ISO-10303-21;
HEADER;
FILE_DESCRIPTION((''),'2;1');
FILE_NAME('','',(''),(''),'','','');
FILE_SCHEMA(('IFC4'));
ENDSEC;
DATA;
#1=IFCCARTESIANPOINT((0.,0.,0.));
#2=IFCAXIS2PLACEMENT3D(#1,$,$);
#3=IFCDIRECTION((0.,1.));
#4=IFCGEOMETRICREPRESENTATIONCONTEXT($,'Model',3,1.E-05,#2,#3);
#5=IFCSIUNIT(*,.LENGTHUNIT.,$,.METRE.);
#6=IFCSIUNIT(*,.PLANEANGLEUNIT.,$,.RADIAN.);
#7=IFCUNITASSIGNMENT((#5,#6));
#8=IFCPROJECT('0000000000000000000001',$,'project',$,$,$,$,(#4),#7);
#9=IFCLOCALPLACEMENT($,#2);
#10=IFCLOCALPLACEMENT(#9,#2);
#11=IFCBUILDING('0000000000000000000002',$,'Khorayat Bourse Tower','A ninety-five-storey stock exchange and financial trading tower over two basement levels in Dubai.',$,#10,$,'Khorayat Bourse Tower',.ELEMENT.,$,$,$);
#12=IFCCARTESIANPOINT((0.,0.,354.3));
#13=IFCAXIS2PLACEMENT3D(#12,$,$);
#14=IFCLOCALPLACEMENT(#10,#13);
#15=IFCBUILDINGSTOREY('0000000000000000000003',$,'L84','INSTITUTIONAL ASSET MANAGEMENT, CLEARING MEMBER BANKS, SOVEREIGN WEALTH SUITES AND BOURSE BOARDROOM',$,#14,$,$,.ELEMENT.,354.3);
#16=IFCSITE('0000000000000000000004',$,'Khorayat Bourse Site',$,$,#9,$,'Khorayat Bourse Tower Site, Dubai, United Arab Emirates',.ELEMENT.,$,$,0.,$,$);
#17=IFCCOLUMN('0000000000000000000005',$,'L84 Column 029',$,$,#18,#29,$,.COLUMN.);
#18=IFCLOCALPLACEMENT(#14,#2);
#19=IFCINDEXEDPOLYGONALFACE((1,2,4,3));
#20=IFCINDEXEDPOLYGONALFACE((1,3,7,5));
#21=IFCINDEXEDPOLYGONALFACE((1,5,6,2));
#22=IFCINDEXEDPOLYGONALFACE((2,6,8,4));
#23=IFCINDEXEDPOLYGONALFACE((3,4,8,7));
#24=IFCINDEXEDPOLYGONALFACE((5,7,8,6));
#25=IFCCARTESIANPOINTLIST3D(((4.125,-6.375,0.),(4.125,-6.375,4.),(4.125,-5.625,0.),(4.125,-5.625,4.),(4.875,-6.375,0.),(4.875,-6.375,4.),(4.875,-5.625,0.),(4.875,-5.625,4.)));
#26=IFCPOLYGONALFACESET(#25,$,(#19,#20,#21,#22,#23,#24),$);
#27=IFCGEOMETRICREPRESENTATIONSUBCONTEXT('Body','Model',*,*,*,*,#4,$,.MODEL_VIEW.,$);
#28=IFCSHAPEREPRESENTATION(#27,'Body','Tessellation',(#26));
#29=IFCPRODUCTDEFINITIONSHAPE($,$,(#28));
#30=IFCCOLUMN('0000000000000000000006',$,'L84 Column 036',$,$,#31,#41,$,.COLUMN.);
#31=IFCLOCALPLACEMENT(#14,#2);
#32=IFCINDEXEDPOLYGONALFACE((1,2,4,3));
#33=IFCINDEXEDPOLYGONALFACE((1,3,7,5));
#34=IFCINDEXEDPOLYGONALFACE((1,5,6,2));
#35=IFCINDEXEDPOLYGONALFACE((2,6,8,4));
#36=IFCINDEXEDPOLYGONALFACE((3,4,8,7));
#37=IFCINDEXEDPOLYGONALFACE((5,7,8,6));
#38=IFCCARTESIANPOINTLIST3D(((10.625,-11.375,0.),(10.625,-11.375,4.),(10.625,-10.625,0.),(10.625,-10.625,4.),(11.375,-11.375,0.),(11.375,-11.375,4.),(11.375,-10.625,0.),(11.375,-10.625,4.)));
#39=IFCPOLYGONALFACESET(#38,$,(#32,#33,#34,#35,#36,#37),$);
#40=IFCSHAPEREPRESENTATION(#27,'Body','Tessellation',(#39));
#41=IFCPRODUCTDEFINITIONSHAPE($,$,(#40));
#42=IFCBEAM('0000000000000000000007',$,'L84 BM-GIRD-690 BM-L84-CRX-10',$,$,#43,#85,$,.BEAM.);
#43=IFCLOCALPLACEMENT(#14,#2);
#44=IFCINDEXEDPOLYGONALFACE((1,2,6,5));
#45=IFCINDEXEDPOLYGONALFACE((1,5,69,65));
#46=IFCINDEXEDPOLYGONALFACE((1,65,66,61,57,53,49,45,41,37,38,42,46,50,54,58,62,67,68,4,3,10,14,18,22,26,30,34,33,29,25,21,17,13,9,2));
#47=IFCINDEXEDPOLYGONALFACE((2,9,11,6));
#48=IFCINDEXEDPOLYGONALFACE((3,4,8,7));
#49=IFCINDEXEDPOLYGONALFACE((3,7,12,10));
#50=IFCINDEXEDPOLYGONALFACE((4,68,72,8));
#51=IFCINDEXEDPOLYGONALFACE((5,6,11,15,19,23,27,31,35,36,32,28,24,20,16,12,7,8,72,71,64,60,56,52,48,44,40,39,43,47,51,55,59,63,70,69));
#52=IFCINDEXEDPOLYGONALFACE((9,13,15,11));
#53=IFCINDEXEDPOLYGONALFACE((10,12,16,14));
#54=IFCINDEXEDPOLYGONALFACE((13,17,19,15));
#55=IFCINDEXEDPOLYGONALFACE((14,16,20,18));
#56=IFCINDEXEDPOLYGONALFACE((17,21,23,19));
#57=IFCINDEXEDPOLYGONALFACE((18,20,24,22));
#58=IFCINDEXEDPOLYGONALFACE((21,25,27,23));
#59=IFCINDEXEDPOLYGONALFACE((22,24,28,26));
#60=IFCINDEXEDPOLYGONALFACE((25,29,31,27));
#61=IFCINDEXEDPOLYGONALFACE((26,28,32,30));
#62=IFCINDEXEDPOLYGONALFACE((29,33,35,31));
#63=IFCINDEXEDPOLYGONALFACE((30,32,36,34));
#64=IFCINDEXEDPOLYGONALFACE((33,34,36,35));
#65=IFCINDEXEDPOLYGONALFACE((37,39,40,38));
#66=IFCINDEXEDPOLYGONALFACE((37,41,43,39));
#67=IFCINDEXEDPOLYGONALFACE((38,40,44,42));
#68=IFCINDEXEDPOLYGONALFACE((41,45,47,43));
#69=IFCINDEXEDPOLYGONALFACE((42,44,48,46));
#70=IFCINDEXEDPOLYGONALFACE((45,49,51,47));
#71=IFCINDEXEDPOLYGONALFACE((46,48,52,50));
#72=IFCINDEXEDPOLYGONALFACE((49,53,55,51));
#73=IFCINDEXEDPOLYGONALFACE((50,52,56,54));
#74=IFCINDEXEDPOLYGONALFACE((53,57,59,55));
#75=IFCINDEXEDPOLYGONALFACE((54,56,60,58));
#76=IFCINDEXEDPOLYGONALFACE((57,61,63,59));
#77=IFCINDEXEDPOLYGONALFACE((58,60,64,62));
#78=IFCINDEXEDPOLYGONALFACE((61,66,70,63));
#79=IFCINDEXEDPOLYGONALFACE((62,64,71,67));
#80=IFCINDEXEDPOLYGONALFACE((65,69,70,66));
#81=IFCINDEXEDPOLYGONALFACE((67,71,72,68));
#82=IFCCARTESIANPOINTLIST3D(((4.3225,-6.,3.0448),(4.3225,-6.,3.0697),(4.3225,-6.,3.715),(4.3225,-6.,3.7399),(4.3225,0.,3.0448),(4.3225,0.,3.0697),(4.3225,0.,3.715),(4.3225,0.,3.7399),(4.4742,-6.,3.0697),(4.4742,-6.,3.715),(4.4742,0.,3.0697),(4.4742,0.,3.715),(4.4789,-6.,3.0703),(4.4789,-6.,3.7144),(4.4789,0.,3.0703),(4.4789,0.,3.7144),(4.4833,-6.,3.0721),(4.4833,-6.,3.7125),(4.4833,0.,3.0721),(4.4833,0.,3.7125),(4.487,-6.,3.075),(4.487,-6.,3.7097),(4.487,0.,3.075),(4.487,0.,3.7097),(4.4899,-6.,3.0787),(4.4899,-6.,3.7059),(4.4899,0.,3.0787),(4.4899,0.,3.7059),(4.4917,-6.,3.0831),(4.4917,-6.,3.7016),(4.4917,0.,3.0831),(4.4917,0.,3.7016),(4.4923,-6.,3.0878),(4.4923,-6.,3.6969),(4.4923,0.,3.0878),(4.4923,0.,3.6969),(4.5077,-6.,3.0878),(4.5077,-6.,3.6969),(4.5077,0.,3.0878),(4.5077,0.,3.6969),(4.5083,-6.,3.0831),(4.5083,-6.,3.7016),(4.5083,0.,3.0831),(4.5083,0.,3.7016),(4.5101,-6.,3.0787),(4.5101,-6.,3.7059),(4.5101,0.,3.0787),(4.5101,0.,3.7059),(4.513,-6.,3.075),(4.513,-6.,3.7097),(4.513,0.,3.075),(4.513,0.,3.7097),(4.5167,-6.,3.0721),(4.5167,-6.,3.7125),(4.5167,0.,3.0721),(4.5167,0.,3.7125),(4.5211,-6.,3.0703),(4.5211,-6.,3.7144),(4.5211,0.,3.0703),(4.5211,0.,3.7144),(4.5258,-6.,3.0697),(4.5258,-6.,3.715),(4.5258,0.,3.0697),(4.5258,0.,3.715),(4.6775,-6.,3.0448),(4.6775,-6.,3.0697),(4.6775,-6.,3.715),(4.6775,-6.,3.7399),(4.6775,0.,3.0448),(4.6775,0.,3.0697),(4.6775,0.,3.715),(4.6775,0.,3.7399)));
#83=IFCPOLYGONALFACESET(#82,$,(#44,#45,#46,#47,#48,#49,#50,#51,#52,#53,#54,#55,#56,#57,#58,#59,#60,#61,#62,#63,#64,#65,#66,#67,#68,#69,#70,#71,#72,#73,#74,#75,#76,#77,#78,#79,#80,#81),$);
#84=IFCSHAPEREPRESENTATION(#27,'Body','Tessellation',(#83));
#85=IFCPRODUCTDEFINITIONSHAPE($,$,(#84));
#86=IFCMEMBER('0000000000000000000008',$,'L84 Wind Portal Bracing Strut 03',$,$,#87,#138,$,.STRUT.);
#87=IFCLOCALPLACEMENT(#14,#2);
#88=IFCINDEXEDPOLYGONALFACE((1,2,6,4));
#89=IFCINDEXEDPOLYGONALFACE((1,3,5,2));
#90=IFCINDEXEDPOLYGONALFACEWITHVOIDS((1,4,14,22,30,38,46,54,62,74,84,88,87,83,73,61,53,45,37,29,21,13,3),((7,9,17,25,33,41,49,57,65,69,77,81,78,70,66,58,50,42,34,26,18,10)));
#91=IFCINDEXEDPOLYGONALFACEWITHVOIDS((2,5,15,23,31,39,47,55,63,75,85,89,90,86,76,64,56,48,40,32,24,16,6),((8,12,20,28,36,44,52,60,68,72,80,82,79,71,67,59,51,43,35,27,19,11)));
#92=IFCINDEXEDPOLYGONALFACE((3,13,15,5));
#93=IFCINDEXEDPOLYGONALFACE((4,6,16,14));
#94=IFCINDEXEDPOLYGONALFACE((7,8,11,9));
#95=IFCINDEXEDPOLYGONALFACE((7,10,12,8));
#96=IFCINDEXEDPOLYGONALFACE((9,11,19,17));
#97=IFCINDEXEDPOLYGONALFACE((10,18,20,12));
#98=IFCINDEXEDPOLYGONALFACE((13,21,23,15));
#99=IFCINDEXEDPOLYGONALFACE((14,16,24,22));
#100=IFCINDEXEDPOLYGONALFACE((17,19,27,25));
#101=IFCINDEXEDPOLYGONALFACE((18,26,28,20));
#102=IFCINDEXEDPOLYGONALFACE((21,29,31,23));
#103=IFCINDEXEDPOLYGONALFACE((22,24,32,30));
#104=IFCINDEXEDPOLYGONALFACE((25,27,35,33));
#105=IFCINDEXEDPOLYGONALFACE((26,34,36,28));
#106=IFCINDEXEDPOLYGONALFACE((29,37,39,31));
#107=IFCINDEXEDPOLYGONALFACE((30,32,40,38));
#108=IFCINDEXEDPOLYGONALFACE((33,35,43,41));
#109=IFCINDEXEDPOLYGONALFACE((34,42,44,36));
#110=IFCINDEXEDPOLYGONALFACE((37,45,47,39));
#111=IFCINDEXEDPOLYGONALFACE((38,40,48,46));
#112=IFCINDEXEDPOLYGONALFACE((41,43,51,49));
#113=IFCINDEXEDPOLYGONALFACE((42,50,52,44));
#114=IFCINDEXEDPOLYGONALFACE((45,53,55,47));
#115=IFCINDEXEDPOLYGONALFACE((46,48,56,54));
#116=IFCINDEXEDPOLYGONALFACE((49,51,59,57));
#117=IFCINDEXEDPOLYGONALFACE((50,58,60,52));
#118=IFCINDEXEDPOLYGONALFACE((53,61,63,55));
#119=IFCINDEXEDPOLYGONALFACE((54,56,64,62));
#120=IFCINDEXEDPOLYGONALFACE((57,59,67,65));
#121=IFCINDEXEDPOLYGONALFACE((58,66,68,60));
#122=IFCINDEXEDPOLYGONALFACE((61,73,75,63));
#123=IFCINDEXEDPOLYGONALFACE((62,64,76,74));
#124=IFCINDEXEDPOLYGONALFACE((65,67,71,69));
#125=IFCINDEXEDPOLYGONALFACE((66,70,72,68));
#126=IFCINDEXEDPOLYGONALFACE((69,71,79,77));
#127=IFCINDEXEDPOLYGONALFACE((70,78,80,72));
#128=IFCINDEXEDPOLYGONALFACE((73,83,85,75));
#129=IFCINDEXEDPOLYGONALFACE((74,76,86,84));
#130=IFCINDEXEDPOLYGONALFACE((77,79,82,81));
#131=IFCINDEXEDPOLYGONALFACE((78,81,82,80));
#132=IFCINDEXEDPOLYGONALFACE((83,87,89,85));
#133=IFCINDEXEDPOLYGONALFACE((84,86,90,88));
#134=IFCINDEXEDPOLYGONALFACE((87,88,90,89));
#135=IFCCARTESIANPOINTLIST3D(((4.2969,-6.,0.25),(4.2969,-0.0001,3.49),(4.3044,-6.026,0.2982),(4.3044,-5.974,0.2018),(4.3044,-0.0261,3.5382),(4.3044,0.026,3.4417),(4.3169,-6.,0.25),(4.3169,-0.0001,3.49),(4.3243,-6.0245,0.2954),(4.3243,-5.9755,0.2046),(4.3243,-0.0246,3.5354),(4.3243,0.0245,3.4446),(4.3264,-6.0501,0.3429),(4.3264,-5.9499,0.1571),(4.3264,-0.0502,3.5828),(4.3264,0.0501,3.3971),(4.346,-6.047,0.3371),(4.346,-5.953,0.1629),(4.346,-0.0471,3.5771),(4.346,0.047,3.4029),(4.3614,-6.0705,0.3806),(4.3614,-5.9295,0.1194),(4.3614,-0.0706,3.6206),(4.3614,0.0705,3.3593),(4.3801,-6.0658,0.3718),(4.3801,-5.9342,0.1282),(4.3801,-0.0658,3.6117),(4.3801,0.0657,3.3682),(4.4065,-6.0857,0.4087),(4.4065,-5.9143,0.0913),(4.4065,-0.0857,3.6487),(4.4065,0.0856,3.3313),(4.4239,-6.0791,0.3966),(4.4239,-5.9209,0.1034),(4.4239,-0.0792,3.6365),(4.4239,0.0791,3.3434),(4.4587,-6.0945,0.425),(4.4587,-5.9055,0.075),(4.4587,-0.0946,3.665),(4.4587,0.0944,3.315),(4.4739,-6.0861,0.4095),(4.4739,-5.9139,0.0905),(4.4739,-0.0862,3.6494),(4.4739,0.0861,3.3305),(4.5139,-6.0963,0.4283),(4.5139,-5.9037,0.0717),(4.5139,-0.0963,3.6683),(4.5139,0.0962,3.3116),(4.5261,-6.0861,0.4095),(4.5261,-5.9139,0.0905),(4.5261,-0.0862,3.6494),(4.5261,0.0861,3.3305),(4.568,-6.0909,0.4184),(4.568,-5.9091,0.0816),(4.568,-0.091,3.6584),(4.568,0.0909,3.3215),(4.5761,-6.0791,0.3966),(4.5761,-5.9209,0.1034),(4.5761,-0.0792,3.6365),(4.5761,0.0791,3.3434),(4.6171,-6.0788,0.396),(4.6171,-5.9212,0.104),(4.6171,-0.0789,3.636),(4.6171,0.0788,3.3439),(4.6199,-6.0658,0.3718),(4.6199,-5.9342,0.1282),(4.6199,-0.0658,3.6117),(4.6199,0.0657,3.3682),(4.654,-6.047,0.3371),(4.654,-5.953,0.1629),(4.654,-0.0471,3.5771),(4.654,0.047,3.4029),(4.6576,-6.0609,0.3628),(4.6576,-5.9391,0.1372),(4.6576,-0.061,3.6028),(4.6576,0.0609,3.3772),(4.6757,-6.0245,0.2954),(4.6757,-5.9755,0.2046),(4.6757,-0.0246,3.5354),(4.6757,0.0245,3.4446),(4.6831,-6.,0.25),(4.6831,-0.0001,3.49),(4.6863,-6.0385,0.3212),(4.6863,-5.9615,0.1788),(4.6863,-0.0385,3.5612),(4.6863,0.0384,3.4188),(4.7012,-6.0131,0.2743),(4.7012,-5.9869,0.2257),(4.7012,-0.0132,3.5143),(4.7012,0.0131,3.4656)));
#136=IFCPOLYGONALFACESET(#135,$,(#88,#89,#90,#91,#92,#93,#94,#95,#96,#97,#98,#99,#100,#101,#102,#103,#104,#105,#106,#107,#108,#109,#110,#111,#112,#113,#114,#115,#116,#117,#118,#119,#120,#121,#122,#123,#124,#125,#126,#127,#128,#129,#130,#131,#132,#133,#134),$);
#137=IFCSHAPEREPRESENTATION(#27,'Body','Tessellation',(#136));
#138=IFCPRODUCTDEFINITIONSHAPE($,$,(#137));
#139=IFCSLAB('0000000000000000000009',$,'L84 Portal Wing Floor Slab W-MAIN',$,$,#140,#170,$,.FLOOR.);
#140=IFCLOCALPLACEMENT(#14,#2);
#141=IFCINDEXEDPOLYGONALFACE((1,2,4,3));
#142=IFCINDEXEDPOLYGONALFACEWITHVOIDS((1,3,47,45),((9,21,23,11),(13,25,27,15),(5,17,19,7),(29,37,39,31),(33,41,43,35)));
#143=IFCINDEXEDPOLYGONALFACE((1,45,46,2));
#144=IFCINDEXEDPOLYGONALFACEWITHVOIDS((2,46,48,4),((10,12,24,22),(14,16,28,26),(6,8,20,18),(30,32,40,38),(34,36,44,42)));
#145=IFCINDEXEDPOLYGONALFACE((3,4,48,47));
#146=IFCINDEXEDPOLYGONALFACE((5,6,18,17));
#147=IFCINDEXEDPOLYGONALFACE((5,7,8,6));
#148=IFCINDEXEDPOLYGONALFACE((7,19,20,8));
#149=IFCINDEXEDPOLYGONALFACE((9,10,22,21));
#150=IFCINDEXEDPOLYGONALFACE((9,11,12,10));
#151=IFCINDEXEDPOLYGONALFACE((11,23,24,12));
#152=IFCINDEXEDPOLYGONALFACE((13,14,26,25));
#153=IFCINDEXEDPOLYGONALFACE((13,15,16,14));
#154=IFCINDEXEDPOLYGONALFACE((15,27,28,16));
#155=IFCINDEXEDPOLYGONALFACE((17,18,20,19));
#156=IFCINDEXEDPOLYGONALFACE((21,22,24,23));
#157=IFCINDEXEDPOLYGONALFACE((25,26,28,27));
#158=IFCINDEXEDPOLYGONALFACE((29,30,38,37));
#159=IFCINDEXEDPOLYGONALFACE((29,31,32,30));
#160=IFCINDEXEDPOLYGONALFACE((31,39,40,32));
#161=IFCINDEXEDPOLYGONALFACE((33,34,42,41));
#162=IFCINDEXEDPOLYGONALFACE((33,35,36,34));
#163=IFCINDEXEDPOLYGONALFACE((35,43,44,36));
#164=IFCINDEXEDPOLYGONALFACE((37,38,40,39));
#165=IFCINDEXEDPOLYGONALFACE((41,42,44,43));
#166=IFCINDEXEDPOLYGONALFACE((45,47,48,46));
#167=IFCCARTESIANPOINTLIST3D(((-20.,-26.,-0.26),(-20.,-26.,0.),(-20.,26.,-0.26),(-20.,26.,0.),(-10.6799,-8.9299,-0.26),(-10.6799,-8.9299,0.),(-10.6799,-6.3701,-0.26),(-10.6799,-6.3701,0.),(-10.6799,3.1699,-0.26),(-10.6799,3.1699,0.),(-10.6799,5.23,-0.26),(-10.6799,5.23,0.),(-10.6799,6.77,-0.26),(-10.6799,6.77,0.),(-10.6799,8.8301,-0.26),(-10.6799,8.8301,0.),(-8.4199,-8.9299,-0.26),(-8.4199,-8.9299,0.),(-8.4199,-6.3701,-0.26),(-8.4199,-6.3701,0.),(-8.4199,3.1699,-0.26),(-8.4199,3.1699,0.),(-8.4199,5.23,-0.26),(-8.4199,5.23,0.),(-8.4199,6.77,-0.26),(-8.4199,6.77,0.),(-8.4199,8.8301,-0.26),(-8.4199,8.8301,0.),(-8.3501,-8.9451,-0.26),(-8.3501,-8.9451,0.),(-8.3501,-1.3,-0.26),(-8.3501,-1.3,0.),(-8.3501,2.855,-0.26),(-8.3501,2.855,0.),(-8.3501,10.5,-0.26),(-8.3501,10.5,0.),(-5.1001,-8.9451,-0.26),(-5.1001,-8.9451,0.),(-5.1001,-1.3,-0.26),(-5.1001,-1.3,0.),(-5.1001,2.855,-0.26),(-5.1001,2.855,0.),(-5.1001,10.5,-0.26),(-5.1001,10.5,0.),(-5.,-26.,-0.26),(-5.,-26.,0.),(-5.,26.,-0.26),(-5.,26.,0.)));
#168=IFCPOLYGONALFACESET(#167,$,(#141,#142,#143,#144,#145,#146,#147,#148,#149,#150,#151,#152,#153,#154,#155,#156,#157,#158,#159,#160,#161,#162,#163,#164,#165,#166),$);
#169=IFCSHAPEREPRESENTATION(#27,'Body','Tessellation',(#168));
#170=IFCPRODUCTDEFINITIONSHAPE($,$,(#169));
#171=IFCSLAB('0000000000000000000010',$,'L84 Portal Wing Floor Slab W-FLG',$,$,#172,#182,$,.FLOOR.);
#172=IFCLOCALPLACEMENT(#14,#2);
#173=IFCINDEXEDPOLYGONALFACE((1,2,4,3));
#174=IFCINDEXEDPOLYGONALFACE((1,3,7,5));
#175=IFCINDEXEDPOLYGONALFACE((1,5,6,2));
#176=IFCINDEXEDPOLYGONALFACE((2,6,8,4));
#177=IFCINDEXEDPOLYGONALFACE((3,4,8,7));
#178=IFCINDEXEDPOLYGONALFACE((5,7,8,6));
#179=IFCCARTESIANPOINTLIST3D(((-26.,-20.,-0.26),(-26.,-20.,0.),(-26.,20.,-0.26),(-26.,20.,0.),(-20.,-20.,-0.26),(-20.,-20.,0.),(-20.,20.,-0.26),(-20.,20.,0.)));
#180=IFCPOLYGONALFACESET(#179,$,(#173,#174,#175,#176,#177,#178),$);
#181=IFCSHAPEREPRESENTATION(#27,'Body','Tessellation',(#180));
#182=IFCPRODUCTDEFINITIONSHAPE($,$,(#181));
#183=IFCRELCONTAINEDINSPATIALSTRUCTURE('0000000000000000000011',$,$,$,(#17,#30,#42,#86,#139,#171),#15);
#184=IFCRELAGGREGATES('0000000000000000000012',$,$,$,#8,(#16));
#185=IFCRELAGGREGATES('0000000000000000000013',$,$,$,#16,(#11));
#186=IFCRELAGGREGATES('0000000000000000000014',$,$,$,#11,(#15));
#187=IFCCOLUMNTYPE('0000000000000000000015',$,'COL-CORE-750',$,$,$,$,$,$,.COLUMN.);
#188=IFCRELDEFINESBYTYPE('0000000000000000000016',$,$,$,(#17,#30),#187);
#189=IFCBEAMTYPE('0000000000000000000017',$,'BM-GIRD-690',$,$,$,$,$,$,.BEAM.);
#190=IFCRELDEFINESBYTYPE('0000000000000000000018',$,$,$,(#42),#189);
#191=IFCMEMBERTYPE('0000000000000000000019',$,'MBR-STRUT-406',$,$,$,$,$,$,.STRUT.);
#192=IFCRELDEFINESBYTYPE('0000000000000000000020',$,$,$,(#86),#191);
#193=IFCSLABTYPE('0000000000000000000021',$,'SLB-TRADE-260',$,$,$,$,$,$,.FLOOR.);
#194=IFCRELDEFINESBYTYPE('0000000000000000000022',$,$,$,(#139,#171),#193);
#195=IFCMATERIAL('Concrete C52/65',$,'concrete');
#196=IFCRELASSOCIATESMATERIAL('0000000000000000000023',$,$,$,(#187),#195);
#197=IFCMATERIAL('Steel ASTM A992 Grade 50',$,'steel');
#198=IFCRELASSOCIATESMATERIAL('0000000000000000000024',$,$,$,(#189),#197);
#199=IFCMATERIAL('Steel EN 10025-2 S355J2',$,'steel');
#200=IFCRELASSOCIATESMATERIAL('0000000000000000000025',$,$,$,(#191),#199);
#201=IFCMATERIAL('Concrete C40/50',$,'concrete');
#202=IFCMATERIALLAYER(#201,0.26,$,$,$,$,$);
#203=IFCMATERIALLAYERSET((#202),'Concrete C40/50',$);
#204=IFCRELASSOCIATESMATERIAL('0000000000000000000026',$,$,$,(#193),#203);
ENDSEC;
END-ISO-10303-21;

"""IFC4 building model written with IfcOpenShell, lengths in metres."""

from ifc_helpers import new_model, si_unit, direction, frame, origin, origin_2d, place, context, subcontext, project, spatial, polyline, rectangle, hollow_circle, i_section, outline, extrude, source, transform, mapped, material, layer, layer_set, material_profile, profile_set, type_object, element, save


model = new_model("IFC4")

# Units and contexts
model_context = context("Model", 3, precision=1e-05, world=origin(), true_north=direction((0.0, 1.0)))
body_context = subcontext(model_context, "Body", "Model", "MODEL_VIEW")
ifc_project = project(units=[si_unit("LENGTHUNIT", "METRE"), si_unit("PLANEANGLEUNIT", "RADIAN")], contexts=[model_context])

# Site, building, storey
site_placement = place(None, origin())
site = spatial("IfcSite", under=ifc_project, at=site_placement, Name="Khorayat Bourse Site", LongName="Khorayat Bourse Tower Site, Dubai, United Arab Emirates", CompositionType="ELEMENT", RefElevation=0.0)
building_placement = place(site_placement, origin())
building = spatial("IfcBuilding", under=site, at=building_placement, Name="Khorayat Bourse Tower", Description="A ninety-five-storey stock exchange and financial trading tower over two basement levels in Dubai.", LongName="Khorayat Bourse Tower", CompositionType="ELEMENT")
storey_placement = place(building_placement, frame((0.0, 0.0, 354.3)))
storey = spatial("IfcBuildingStorey", under=building, at=storey_placement, Name="L84", Description="INSTITUTIONAL ASSET MANAGEMENT, CLEARING MEMBER BANKS, SOVEREIGN WEALTH SUITES AND BOURSE BOARDROOM", CompositionType="ELEMENT", Elevation=354.3)

# Columns
ifc_material_1 = material(Name="Concrete C52/65", Category="concrete")
ifc_material_profile_1 = material_profile(ifc_material_1, rectangle(XDim=0.75, YDim=0.75, at=origin_2d()), Name="RC 750x750")
ifc_profile_set_1 = profile_set([ifc_material_profile_1], Name="Concrete C52/65")
column_type = type_object("IfcColumnType", Name="COL-CORE-750", PredefinedType="COLUMN", material=ifc_profile_set_1)
shared_shape_1 = source(origin(), body_context, "Body", "SweptSolid", [
    extrude(rectangle(XDim=0.75, YDim=0.75, at=origin_2d()), origin(), (0.0, 0.0, 1.0), 4.0),
])
for number, where, z_axis, x_axis, name in (
    (1, (4.5, -6.0, 0.0), (0.0, 0.0, 1.0), (1.0, 0.0, 0.0), "L84 Column 029"),
    (2, (11.0, -11.0, 0.0), (0.0, 0.0, 1.0), (1.0, 0.0, 0.0), "L84 Column 036"),
):
    element("IfcColumn", number, at=place(storey_placement, frame(where, z_axis=z_axis, x_axis=x_axis)), inside=storey, type_object=column_type, Name=name, PredefinedType="COLUMN", context=body_context, shape_type="MappedRepresentation", body=[
        mapped(shared_shape_1, transform((0.0, 0.0, 0.0), scale=1.0)),
    ])

# Beam
ifc_material_2 = material(Name="Steel ASTM A992 Grade 50", Category="steel")
ifc_material_profile_2 = material_profile(ifc_material_2, i_section(OverallWidth=0.355, OverallDepth=0.6951, WebThickness=0.0154, FlangeThickness=0.0249, FilletRadius=0.0181, at=origin_2d()), Name="W690X217")
ifc_profile_set_2 = profile_set([ifc_material_profile_2], Name="Steel ASTM A992 Grade 50")
beam_type = type_object("IfcBeamType", Name="BM-GIRD-690", PredefinedType="BEAM", material=ifc_profile_set_2)
shared_shape_2 = source(origin(), body_context, "Body", "SweptSolid", [
    extrude(i_section(OverallWidth=0.355, OverallDepth=0.6951, WebThickness=0.0154, FlangeThickness=0.0249, FilletRadius=0.0181, at=origin_2d()), origin(), (0.0, 0.0, 1.0), 6.0),
])
beam_placement = place(storey_placement, frame((4.5, -6.0, 3.3923), z_axis=(0.0, 1.0, 0.0), x_axis=(-1.0, 0.0, 0.0)))
element("IfcBeam", 3, at=beam_placement, inside=storey, type_object=beam_type, Name="L84 BM-GIRD-690 BM-L84-CRX-10", PredefinedType="BEAM", context=body_context, shape_type="MappedRepresentation", body=[
    mapped(shared_shape_2, transform((0.0, 0.0, 0.0), scale=1.0)),
])

# Member
ifc_material_3 = material(Name="Steel EN 10025-2 S355J2", Category="steel")
ifc_material_profile_3 = material_profile(ifc_material_3, hollow_circle(Radius=0.2031, WallThickness=0.02, at=origin_2d()), Name="CHS 406x20")
ifc_profile_set_3 = profile_set([ifc_material_profile_3], Name="Steel EN 10025-2 S355J2")
member_type = type_object("IfcMemberType", Name="MBR-STRUT-406", PredefinedType="STRUT", material=ifc_profile_set_3)
shared_shape_3 = source(origin(), body_context, "Body", "SweptSolid", [
    extrude(hollow_circle(Radius=0.2031, WallThickness=0.02, at=origin_2d()), origin(), (0.0, 0.0, 1.0), 6.8188),
])
member_placement = place(storey_placement, frame((4.5, -6.0, 0.25), z_axis=(0.0, 0.879906, 0.475148), x_axis=(-1.0, 0.0, 0.0)))
element("IfcMember", 4, at=member_placement, inside=storey, type_object=member_type, Name="L84 Wind Portal Bracing Strut 03", PredefinedType="STRUT", context=body_context, shape_type="MappedRepresentation", body=[
    mapped(shared_shape_3, transform((0.0, 0.0, 0.0), scale=1.0)),
])

# Slabs
ifc_material_4 = material(Name="Concrete C40/50", Category="concrete")
ifc_layer_1 = layer(ifc_material_4, 0.26)
ifc_layer_set_1 = layer_set([ifc_layer_1], Name="Concrete C40/50")
slab_type = type_object("IfcSlabType", Name="SLB-TRADE-260", PredefinedType="FLOOR", material=ifc_layer_set_1)
slab_1_placement = place(storey_placement, frame((0.0, 0.0, -0.26)))
element("IfcSlab", 5, at=slab_1_placement, inside=storey, type_object=slab_type, Name="L84 Portal Wing Floor Slab W-MAIN", PredefinedType="FLOOR", context=body_context, shape_type="SweptSolid", body=[
    extrude(outline(polyline([(-20.0, -26.0), (-5.0, -26.0), (-5.0, 26.0), (-20.0, 26.0), (-20.0, -26.0)]), holes=[polyline([(-8.3501, -8.9451), (-5.1001, -8.9451), (-5.1001, -1.3), (-8.3501, -1.3), (-8.3501, -8.9451)]), polyline([(-8.3501, 2.855), (-5.1001, 2.855), (-5.1001, 10.5), (-8.3501, 10.5), (-8.3501, 2.855)]), polyline([(-10.6799, 3.1699), (-8.4199, 3.1699), (-8.4199, 5.23), (-10.6799, 5.23), (-10.6799, 3.1699)]), polyline([(-10.6799, 6.77), (-8.4199, 6.77), (-8.4199, 8.8301), (-10.6799, 8.8301), (-10.6799, 6.77)]), polyline([(-10.6799, -8.9299), (-8.4199, -8.9299), (-8.4199, -6.3701), (-10.6799, -6.3701), (-10.6799, -8.9299)])]), origin(), (0.0, 0.0, 1.0), 0.26),
])
slab_2_placement = place(storey_placement, frame((0.0, 0.0, -0.26)))
element("IfcSlab", 6, at=slab_2_placement, inside=storey, type_object=slab_type, Name="L84 Portal Wing Floor Slab W-FLG", PredefinedType="FLOOR", context=body_context, shape_type="SweptSolid", body=[
    extrude(outline(polyline([(-26.0, -20.0), (-20.0, -20.0), (-20.0, 20.0), (-26.0, 20.0), (-26.0, -20.0)])), origin(), (0.0, 0.0, 1.0), 0.26),
])

save(model, "model.ifc")
